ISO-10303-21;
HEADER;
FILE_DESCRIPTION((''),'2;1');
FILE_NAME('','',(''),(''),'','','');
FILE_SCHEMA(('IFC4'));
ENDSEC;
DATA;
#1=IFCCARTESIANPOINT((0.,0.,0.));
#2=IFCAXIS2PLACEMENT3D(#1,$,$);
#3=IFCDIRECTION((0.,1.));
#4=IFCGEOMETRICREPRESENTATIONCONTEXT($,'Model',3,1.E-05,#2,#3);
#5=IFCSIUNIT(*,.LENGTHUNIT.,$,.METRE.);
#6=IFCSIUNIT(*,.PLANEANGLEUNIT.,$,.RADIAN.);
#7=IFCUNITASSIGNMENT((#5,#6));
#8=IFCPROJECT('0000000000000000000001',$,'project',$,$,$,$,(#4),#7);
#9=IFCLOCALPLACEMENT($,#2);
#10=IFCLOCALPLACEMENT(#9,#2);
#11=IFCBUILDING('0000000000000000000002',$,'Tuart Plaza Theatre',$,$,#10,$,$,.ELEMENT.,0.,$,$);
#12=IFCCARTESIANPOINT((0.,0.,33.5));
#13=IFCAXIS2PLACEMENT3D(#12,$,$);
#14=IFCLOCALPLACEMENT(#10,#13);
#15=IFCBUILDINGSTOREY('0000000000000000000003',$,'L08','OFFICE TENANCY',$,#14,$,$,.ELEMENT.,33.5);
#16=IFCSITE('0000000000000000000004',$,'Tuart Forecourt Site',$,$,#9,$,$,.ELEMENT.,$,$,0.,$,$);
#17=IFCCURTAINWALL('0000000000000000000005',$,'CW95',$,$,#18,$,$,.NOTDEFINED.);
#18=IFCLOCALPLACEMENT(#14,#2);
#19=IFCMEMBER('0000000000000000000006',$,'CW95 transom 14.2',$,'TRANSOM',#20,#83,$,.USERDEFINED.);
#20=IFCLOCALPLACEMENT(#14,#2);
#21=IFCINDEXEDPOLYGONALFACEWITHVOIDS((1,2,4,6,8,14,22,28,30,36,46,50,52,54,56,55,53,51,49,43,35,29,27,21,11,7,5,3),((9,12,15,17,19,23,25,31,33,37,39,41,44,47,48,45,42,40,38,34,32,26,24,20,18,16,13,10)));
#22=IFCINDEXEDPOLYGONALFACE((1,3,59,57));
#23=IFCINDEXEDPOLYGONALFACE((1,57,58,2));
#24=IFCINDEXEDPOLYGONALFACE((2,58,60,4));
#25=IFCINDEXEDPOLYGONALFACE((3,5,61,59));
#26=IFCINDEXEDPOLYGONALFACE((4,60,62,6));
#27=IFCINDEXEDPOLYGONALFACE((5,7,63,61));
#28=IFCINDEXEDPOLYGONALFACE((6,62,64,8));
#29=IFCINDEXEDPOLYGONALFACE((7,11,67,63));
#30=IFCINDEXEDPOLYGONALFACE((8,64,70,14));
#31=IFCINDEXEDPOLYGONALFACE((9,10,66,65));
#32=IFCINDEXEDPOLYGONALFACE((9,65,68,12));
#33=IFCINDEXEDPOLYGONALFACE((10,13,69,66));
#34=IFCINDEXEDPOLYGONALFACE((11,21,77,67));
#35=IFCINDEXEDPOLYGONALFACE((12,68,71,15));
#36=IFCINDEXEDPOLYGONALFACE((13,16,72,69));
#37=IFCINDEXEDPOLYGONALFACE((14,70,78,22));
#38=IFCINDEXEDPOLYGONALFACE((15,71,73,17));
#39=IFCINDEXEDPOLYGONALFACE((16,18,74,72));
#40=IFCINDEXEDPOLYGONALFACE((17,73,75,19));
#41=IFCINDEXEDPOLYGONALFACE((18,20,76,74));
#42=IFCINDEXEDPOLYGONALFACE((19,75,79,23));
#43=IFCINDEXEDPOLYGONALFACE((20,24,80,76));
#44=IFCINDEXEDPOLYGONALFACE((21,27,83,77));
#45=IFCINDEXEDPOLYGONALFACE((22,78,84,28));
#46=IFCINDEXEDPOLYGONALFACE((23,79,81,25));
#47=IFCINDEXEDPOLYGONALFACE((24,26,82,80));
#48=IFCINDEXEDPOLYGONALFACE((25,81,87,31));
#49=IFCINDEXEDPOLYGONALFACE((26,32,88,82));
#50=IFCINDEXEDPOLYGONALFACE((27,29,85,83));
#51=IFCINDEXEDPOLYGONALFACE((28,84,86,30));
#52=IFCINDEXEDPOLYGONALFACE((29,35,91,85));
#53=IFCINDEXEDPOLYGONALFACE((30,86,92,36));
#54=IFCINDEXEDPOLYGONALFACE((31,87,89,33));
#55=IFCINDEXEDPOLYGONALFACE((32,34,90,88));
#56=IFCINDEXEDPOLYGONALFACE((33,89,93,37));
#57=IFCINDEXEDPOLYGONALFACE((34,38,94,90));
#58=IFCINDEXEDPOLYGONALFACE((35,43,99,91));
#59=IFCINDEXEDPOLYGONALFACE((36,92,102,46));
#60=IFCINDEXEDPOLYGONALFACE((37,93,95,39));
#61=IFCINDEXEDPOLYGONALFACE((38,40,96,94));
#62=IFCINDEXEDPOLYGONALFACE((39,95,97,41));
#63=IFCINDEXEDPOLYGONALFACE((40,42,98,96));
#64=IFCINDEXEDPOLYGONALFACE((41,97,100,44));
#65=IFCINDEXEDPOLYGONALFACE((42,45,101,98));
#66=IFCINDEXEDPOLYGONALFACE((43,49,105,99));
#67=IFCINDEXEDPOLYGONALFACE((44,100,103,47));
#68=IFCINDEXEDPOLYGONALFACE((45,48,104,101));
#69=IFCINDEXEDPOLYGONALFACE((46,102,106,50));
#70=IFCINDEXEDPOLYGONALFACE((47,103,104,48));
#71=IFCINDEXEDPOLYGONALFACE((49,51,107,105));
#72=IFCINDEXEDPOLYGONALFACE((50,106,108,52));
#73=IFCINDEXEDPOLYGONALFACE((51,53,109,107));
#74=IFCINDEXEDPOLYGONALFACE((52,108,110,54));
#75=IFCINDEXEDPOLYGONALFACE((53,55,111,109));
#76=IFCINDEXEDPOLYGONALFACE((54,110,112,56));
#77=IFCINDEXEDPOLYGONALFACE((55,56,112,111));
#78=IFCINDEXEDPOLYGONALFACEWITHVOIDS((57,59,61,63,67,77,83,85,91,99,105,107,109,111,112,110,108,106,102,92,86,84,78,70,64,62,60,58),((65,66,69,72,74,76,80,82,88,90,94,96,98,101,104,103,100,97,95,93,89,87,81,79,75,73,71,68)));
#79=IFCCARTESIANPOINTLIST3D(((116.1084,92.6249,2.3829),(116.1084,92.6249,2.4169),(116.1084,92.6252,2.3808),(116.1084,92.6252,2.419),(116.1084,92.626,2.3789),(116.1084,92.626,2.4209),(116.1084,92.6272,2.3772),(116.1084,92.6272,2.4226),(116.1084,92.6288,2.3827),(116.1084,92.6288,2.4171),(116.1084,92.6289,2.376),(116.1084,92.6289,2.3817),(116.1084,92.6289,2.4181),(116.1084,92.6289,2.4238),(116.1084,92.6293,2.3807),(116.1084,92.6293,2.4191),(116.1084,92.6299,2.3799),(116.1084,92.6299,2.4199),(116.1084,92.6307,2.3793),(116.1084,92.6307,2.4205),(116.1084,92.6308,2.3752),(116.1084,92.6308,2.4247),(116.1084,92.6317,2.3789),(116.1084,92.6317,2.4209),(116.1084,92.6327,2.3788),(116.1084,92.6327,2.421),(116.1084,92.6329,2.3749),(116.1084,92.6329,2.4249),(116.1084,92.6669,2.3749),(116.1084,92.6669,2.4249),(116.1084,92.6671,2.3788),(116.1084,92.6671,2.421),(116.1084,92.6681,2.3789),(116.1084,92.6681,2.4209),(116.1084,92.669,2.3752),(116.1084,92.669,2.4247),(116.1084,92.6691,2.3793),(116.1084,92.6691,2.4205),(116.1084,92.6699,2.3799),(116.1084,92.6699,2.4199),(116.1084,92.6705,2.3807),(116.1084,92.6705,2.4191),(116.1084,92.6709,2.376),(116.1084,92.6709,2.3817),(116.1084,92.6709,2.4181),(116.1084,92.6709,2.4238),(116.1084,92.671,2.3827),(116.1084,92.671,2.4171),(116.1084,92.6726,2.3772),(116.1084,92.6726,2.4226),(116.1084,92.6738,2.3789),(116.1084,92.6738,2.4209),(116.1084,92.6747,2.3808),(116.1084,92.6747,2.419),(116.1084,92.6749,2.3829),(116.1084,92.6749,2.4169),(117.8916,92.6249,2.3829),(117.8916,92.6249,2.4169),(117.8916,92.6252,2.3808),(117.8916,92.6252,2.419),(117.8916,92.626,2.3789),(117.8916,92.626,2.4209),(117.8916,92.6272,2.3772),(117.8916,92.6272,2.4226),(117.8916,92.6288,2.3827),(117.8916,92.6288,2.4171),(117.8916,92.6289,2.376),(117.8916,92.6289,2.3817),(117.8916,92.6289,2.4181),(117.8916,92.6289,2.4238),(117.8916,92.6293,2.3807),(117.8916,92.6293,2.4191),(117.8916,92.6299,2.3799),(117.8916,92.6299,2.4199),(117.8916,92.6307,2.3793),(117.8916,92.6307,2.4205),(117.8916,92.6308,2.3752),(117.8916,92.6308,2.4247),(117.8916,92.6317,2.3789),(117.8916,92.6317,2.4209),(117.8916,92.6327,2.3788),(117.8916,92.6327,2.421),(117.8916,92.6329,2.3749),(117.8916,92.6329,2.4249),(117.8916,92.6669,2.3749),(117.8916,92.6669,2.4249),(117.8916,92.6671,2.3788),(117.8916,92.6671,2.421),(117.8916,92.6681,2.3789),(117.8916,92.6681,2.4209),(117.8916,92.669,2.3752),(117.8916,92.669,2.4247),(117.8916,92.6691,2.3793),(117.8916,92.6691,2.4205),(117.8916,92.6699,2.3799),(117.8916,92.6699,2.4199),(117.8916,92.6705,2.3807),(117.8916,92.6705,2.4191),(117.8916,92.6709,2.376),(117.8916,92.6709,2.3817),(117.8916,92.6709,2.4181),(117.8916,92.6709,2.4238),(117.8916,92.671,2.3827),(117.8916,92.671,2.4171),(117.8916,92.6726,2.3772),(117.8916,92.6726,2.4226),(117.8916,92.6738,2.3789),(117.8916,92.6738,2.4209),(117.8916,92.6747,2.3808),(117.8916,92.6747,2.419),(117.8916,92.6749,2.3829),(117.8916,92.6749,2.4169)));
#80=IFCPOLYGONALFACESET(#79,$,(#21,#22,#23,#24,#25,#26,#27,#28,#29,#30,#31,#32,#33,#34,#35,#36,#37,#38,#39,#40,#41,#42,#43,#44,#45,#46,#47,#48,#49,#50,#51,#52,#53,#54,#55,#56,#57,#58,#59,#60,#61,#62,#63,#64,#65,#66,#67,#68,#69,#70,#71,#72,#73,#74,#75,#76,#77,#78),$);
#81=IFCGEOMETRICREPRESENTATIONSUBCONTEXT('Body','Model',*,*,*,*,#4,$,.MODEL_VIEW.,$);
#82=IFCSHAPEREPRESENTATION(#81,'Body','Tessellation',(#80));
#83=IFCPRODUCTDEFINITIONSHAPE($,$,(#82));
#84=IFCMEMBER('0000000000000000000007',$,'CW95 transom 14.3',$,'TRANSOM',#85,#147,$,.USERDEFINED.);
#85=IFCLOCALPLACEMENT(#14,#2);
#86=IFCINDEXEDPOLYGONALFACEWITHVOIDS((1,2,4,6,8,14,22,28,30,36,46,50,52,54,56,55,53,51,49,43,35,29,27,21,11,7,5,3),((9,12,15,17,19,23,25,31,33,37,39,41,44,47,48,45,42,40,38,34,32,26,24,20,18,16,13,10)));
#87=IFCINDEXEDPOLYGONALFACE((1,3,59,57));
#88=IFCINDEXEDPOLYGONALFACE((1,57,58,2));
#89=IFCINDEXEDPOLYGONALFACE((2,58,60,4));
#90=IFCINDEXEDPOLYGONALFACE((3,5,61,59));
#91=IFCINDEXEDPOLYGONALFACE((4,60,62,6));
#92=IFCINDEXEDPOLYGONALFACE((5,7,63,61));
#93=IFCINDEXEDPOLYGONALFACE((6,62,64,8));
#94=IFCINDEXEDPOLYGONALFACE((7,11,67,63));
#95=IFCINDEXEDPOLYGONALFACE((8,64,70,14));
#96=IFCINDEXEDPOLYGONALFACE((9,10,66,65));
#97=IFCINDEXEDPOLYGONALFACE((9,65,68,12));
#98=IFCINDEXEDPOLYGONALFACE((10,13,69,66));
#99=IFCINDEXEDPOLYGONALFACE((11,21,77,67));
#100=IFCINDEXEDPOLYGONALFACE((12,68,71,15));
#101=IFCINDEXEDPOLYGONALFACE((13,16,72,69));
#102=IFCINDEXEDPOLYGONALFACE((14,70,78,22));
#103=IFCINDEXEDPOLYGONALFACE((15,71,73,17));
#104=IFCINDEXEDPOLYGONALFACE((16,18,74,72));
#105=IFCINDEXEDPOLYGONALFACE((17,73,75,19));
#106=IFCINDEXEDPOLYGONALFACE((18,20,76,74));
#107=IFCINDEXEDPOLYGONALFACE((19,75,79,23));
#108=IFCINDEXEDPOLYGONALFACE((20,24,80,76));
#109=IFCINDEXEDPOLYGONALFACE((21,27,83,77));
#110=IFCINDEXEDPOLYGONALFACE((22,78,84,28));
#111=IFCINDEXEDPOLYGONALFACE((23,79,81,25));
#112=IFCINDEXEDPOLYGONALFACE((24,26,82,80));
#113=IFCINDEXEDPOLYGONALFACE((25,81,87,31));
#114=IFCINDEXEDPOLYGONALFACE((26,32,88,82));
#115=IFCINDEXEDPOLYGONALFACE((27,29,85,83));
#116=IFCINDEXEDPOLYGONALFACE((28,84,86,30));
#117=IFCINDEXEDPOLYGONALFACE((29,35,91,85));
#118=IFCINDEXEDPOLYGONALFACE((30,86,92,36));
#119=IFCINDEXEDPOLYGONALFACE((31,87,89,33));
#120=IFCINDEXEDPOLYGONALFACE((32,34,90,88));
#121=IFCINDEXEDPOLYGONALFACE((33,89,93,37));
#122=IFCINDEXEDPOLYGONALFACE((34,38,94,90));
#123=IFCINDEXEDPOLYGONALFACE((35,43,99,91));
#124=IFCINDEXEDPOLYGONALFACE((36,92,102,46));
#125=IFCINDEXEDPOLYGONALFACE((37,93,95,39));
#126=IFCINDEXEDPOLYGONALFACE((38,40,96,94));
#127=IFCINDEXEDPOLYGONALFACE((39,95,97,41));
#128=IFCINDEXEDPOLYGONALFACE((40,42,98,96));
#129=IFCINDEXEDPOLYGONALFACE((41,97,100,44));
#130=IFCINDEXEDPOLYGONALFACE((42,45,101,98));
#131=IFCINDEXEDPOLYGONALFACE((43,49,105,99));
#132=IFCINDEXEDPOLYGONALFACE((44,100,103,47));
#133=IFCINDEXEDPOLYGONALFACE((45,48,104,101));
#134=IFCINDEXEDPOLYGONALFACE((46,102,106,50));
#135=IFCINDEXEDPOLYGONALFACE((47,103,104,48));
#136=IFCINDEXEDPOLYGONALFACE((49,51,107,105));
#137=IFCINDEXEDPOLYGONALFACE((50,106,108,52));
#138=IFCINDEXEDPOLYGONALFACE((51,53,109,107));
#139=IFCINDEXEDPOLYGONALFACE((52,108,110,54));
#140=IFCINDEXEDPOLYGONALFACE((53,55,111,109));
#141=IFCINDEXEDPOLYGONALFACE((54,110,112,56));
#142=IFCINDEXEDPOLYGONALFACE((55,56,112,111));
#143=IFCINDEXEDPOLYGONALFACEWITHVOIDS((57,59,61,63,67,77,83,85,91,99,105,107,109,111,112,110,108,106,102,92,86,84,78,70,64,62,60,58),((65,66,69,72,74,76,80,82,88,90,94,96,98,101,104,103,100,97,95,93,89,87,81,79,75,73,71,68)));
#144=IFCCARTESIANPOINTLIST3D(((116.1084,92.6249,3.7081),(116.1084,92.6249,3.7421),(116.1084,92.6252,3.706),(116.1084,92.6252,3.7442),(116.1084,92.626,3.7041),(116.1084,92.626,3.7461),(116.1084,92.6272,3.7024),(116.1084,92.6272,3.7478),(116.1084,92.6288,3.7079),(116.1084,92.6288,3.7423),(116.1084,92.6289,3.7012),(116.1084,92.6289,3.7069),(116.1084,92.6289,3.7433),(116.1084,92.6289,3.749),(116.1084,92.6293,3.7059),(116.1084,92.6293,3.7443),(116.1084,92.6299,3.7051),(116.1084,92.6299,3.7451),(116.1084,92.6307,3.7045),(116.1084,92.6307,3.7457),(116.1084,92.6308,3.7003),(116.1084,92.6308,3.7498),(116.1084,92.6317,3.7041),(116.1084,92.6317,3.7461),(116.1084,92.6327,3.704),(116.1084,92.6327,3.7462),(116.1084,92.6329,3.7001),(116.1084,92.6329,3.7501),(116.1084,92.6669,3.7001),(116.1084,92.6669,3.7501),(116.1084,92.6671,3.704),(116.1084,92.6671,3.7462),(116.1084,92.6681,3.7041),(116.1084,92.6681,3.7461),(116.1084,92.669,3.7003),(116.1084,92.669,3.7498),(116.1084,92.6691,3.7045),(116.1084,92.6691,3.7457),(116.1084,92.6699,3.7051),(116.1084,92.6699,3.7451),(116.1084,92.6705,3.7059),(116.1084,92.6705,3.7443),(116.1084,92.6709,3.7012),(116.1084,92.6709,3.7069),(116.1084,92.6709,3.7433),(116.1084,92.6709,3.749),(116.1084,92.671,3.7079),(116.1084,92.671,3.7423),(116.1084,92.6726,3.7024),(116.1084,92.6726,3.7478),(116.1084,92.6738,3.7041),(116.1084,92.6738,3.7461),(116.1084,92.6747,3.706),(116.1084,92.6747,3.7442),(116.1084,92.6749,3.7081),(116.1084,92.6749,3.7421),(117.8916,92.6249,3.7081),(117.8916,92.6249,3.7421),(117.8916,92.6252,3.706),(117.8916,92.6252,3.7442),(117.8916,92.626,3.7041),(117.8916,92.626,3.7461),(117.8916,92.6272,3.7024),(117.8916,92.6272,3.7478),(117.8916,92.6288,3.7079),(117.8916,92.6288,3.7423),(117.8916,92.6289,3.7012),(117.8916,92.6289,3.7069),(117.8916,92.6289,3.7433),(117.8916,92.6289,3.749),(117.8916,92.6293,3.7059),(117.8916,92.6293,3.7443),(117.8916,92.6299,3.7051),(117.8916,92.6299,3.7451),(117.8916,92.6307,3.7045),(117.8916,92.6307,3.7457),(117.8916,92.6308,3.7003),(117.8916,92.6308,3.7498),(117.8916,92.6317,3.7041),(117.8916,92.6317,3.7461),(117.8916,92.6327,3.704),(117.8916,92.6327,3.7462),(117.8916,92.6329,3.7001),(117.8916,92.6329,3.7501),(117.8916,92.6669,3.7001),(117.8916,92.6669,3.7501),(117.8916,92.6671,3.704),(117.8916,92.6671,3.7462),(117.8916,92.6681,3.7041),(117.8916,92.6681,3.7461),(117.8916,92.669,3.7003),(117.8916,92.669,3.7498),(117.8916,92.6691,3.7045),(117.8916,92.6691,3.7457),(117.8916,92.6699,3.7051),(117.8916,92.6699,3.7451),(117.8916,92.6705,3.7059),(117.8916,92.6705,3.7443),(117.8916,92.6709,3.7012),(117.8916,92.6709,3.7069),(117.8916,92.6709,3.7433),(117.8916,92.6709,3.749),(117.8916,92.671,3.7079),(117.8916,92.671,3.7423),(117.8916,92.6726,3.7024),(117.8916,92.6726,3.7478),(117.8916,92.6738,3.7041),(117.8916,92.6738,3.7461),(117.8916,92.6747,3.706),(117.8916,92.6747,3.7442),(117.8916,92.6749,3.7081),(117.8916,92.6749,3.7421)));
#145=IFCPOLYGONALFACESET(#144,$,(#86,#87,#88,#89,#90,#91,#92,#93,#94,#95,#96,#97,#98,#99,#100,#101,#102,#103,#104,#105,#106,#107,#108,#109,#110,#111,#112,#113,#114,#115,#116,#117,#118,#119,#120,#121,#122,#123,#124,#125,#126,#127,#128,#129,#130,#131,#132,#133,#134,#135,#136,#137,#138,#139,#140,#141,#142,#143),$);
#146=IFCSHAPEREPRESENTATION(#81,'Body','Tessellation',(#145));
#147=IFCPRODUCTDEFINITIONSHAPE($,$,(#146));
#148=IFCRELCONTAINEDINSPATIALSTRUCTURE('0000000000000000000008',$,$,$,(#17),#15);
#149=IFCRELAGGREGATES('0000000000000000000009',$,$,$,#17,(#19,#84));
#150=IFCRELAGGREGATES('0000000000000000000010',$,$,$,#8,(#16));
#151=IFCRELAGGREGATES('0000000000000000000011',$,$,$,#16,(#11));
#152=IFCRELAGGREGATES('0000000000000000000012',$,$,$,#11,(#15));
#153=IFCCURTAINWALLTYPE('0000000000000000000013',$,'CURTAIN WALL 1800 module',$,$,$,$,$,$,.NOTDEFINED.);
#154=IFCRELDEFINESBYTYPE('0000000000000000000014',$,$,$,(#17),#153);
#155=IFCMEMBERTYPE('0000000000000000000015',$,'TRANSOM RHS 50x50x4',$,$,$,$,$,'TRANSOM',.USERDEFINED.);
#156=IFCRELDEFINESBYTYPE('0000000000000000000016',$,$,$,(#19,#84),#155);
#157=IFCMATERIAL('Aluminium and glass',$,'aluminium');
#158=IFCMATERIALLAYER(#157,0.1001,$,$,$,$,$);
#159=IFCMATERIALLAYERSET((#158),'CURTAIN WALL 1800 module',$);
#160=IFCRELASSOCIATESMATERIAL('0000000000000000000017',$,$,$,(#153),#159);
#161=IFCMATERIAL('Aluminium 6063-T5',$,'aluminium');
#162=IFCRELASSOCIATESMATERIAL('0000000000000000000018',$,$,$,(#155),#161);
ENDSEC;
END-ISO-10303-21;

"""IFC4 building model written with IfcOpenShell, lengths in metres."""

from ifc_helpers import new_model, si_unit, direction, frame, origin, origin_2d, place, context, subcontext, project, spatial, hollow_rectangle, extrude, material, layer, layer_set, material_profile, profile_set, type_object, element, aggregate, save


model = new_model("IFC4")

# Units and contexts
model_context = context("Model", 3, precision=1e-05, world=origin(), true_north=direction((0.0, 1.0)))
body_context = subcontext(model_context, "Body", "Model", "MODEL_VIEW")
ifc_project = project(units=[si_unit("LENGTHUNIT", "METRE"), si_unit("PLANEANGLEUNIT", "RADIAN")], contexts=[model_context])

# Site, building, storey
site_placement = place(None, origin())
site = spatial("IfcSite", under=ifc_project, at=site_placement, Name="Tuart Forecourt Site", CompositionType="ELEMENT", RefElevation=0.0)
building_placement = place(site_placement, origin())
building = spatial("IfcBuilding", under=site, at=building_placement, Name="Tuart Plaza Theatre", CompositionType="ELEMENT", ElevationOfRefHeight=0.0)
storey_placement = place(building_placement, frame((0.0, 0.0, 33.5)))
storey = spatial("IfcBuildingStorey", under=building, at=storey_placement, Name="L08", Description="OFFICE TENANCY", CompositionType="ELEMENT", Elevation=33.5)

# Curtain wall, members
ifc_material_1 = material(Name="Aluminium and glass", Category="aluminium")
ifc_layer_1 = layer(ifc_material_1, 0.1001)
ifc_layer_set_1 = layer_set([ifc_layer_1], Name="CURTAIN WALL 1800 module")
curtain_wall_type = type_object("IfcCurtainWallType", Name="CURTAIN WALL 1800 module", PredefinedType="NOTDEFINED", material=ifc_layer_set_1)
curtain_wall_placement = place(storey_placement, origin())
curtain_wall = element("IfcCurtainWall", 1, at=curtain_wall_placement, inside=storey, type_object=curtain_wall_type, Name="CW95", PredefinedType="NOTDEFINED")
ifc_material_2 = material(Name="Aluminium 6063-T5", Category="aluminium")
ifc_material_profile_1 = material_profile(ifc_material_2, hollow_rectangle(XDim=0.05, YDim=0.05, WallThickness=0.0039, InnerFilletRadius=0.0039, OuterFilletRadius=0.0081, at=origin_2d()), Name="RHS 50x50x4")
ifc_profile_set_1 = profile_set([ifc_material_profile_1], Name="Aluminium 6063-T5")
member_type_1 = type_object("IfcMemberType", Name="TRANSOM RHS 50x50x4", ElementType="TRANSOM", PredefinedType="USERDEFINED", material=ifc_profile_set_1)
member_1_placement = place(storey_placement, frame((117.8916, 92.6499, 2.3999), z_axis=(-1.0, 0.0, 0.0), x_axis=(0.0, -1.0, 0.0)))
member_1 = element("IfcMember", 2, at=member_1_placement, type_object=member_type_1, Name="CW95 transom 14.2", ObjectType="TRANSOM", PredefinedType="USERDEFINED", context=body_context, shape_type="SweptSolid", body=[
    extrude(hollow_rectangle(XDim=0.05, YDim=0.05, WallThickness=0.0039, InnerFilletRadius=0.0039, OuterFilletRadius=0.0081, at=origin_2d()), origin(), (0.0, 0.0, 1.0), 1.7832),
])
member_2_placement = place(storey_placement, frame((117.8916, 92.6499, 3.7251), z_axis=(-1.0, 0.0, 0.0), x_axis=(0.0, -1.0, 0.0)))
member_2 = element("IfcMember", 3, at=member_2_placement, type_object=member_type_1, Name="CW95 transom 14.3", ObjectType="TRANSOM", PredefinedType="USERDEFINED", context=body_context, shape_type="SweptSolid", body=[
    extrude(hollow_rectangle(XDim=0.05, YDim=0.05, WallThickness=0.0039, InnerFilletRadius=0.0039, OuterFilletRadius=0.0081, at=origin_2d()), origin(), (0.0, 0.0, 1.0), 1.7832),
])
aggregate(curtain_wall, [member_1, member_2])

save(model, "model.ifc")
